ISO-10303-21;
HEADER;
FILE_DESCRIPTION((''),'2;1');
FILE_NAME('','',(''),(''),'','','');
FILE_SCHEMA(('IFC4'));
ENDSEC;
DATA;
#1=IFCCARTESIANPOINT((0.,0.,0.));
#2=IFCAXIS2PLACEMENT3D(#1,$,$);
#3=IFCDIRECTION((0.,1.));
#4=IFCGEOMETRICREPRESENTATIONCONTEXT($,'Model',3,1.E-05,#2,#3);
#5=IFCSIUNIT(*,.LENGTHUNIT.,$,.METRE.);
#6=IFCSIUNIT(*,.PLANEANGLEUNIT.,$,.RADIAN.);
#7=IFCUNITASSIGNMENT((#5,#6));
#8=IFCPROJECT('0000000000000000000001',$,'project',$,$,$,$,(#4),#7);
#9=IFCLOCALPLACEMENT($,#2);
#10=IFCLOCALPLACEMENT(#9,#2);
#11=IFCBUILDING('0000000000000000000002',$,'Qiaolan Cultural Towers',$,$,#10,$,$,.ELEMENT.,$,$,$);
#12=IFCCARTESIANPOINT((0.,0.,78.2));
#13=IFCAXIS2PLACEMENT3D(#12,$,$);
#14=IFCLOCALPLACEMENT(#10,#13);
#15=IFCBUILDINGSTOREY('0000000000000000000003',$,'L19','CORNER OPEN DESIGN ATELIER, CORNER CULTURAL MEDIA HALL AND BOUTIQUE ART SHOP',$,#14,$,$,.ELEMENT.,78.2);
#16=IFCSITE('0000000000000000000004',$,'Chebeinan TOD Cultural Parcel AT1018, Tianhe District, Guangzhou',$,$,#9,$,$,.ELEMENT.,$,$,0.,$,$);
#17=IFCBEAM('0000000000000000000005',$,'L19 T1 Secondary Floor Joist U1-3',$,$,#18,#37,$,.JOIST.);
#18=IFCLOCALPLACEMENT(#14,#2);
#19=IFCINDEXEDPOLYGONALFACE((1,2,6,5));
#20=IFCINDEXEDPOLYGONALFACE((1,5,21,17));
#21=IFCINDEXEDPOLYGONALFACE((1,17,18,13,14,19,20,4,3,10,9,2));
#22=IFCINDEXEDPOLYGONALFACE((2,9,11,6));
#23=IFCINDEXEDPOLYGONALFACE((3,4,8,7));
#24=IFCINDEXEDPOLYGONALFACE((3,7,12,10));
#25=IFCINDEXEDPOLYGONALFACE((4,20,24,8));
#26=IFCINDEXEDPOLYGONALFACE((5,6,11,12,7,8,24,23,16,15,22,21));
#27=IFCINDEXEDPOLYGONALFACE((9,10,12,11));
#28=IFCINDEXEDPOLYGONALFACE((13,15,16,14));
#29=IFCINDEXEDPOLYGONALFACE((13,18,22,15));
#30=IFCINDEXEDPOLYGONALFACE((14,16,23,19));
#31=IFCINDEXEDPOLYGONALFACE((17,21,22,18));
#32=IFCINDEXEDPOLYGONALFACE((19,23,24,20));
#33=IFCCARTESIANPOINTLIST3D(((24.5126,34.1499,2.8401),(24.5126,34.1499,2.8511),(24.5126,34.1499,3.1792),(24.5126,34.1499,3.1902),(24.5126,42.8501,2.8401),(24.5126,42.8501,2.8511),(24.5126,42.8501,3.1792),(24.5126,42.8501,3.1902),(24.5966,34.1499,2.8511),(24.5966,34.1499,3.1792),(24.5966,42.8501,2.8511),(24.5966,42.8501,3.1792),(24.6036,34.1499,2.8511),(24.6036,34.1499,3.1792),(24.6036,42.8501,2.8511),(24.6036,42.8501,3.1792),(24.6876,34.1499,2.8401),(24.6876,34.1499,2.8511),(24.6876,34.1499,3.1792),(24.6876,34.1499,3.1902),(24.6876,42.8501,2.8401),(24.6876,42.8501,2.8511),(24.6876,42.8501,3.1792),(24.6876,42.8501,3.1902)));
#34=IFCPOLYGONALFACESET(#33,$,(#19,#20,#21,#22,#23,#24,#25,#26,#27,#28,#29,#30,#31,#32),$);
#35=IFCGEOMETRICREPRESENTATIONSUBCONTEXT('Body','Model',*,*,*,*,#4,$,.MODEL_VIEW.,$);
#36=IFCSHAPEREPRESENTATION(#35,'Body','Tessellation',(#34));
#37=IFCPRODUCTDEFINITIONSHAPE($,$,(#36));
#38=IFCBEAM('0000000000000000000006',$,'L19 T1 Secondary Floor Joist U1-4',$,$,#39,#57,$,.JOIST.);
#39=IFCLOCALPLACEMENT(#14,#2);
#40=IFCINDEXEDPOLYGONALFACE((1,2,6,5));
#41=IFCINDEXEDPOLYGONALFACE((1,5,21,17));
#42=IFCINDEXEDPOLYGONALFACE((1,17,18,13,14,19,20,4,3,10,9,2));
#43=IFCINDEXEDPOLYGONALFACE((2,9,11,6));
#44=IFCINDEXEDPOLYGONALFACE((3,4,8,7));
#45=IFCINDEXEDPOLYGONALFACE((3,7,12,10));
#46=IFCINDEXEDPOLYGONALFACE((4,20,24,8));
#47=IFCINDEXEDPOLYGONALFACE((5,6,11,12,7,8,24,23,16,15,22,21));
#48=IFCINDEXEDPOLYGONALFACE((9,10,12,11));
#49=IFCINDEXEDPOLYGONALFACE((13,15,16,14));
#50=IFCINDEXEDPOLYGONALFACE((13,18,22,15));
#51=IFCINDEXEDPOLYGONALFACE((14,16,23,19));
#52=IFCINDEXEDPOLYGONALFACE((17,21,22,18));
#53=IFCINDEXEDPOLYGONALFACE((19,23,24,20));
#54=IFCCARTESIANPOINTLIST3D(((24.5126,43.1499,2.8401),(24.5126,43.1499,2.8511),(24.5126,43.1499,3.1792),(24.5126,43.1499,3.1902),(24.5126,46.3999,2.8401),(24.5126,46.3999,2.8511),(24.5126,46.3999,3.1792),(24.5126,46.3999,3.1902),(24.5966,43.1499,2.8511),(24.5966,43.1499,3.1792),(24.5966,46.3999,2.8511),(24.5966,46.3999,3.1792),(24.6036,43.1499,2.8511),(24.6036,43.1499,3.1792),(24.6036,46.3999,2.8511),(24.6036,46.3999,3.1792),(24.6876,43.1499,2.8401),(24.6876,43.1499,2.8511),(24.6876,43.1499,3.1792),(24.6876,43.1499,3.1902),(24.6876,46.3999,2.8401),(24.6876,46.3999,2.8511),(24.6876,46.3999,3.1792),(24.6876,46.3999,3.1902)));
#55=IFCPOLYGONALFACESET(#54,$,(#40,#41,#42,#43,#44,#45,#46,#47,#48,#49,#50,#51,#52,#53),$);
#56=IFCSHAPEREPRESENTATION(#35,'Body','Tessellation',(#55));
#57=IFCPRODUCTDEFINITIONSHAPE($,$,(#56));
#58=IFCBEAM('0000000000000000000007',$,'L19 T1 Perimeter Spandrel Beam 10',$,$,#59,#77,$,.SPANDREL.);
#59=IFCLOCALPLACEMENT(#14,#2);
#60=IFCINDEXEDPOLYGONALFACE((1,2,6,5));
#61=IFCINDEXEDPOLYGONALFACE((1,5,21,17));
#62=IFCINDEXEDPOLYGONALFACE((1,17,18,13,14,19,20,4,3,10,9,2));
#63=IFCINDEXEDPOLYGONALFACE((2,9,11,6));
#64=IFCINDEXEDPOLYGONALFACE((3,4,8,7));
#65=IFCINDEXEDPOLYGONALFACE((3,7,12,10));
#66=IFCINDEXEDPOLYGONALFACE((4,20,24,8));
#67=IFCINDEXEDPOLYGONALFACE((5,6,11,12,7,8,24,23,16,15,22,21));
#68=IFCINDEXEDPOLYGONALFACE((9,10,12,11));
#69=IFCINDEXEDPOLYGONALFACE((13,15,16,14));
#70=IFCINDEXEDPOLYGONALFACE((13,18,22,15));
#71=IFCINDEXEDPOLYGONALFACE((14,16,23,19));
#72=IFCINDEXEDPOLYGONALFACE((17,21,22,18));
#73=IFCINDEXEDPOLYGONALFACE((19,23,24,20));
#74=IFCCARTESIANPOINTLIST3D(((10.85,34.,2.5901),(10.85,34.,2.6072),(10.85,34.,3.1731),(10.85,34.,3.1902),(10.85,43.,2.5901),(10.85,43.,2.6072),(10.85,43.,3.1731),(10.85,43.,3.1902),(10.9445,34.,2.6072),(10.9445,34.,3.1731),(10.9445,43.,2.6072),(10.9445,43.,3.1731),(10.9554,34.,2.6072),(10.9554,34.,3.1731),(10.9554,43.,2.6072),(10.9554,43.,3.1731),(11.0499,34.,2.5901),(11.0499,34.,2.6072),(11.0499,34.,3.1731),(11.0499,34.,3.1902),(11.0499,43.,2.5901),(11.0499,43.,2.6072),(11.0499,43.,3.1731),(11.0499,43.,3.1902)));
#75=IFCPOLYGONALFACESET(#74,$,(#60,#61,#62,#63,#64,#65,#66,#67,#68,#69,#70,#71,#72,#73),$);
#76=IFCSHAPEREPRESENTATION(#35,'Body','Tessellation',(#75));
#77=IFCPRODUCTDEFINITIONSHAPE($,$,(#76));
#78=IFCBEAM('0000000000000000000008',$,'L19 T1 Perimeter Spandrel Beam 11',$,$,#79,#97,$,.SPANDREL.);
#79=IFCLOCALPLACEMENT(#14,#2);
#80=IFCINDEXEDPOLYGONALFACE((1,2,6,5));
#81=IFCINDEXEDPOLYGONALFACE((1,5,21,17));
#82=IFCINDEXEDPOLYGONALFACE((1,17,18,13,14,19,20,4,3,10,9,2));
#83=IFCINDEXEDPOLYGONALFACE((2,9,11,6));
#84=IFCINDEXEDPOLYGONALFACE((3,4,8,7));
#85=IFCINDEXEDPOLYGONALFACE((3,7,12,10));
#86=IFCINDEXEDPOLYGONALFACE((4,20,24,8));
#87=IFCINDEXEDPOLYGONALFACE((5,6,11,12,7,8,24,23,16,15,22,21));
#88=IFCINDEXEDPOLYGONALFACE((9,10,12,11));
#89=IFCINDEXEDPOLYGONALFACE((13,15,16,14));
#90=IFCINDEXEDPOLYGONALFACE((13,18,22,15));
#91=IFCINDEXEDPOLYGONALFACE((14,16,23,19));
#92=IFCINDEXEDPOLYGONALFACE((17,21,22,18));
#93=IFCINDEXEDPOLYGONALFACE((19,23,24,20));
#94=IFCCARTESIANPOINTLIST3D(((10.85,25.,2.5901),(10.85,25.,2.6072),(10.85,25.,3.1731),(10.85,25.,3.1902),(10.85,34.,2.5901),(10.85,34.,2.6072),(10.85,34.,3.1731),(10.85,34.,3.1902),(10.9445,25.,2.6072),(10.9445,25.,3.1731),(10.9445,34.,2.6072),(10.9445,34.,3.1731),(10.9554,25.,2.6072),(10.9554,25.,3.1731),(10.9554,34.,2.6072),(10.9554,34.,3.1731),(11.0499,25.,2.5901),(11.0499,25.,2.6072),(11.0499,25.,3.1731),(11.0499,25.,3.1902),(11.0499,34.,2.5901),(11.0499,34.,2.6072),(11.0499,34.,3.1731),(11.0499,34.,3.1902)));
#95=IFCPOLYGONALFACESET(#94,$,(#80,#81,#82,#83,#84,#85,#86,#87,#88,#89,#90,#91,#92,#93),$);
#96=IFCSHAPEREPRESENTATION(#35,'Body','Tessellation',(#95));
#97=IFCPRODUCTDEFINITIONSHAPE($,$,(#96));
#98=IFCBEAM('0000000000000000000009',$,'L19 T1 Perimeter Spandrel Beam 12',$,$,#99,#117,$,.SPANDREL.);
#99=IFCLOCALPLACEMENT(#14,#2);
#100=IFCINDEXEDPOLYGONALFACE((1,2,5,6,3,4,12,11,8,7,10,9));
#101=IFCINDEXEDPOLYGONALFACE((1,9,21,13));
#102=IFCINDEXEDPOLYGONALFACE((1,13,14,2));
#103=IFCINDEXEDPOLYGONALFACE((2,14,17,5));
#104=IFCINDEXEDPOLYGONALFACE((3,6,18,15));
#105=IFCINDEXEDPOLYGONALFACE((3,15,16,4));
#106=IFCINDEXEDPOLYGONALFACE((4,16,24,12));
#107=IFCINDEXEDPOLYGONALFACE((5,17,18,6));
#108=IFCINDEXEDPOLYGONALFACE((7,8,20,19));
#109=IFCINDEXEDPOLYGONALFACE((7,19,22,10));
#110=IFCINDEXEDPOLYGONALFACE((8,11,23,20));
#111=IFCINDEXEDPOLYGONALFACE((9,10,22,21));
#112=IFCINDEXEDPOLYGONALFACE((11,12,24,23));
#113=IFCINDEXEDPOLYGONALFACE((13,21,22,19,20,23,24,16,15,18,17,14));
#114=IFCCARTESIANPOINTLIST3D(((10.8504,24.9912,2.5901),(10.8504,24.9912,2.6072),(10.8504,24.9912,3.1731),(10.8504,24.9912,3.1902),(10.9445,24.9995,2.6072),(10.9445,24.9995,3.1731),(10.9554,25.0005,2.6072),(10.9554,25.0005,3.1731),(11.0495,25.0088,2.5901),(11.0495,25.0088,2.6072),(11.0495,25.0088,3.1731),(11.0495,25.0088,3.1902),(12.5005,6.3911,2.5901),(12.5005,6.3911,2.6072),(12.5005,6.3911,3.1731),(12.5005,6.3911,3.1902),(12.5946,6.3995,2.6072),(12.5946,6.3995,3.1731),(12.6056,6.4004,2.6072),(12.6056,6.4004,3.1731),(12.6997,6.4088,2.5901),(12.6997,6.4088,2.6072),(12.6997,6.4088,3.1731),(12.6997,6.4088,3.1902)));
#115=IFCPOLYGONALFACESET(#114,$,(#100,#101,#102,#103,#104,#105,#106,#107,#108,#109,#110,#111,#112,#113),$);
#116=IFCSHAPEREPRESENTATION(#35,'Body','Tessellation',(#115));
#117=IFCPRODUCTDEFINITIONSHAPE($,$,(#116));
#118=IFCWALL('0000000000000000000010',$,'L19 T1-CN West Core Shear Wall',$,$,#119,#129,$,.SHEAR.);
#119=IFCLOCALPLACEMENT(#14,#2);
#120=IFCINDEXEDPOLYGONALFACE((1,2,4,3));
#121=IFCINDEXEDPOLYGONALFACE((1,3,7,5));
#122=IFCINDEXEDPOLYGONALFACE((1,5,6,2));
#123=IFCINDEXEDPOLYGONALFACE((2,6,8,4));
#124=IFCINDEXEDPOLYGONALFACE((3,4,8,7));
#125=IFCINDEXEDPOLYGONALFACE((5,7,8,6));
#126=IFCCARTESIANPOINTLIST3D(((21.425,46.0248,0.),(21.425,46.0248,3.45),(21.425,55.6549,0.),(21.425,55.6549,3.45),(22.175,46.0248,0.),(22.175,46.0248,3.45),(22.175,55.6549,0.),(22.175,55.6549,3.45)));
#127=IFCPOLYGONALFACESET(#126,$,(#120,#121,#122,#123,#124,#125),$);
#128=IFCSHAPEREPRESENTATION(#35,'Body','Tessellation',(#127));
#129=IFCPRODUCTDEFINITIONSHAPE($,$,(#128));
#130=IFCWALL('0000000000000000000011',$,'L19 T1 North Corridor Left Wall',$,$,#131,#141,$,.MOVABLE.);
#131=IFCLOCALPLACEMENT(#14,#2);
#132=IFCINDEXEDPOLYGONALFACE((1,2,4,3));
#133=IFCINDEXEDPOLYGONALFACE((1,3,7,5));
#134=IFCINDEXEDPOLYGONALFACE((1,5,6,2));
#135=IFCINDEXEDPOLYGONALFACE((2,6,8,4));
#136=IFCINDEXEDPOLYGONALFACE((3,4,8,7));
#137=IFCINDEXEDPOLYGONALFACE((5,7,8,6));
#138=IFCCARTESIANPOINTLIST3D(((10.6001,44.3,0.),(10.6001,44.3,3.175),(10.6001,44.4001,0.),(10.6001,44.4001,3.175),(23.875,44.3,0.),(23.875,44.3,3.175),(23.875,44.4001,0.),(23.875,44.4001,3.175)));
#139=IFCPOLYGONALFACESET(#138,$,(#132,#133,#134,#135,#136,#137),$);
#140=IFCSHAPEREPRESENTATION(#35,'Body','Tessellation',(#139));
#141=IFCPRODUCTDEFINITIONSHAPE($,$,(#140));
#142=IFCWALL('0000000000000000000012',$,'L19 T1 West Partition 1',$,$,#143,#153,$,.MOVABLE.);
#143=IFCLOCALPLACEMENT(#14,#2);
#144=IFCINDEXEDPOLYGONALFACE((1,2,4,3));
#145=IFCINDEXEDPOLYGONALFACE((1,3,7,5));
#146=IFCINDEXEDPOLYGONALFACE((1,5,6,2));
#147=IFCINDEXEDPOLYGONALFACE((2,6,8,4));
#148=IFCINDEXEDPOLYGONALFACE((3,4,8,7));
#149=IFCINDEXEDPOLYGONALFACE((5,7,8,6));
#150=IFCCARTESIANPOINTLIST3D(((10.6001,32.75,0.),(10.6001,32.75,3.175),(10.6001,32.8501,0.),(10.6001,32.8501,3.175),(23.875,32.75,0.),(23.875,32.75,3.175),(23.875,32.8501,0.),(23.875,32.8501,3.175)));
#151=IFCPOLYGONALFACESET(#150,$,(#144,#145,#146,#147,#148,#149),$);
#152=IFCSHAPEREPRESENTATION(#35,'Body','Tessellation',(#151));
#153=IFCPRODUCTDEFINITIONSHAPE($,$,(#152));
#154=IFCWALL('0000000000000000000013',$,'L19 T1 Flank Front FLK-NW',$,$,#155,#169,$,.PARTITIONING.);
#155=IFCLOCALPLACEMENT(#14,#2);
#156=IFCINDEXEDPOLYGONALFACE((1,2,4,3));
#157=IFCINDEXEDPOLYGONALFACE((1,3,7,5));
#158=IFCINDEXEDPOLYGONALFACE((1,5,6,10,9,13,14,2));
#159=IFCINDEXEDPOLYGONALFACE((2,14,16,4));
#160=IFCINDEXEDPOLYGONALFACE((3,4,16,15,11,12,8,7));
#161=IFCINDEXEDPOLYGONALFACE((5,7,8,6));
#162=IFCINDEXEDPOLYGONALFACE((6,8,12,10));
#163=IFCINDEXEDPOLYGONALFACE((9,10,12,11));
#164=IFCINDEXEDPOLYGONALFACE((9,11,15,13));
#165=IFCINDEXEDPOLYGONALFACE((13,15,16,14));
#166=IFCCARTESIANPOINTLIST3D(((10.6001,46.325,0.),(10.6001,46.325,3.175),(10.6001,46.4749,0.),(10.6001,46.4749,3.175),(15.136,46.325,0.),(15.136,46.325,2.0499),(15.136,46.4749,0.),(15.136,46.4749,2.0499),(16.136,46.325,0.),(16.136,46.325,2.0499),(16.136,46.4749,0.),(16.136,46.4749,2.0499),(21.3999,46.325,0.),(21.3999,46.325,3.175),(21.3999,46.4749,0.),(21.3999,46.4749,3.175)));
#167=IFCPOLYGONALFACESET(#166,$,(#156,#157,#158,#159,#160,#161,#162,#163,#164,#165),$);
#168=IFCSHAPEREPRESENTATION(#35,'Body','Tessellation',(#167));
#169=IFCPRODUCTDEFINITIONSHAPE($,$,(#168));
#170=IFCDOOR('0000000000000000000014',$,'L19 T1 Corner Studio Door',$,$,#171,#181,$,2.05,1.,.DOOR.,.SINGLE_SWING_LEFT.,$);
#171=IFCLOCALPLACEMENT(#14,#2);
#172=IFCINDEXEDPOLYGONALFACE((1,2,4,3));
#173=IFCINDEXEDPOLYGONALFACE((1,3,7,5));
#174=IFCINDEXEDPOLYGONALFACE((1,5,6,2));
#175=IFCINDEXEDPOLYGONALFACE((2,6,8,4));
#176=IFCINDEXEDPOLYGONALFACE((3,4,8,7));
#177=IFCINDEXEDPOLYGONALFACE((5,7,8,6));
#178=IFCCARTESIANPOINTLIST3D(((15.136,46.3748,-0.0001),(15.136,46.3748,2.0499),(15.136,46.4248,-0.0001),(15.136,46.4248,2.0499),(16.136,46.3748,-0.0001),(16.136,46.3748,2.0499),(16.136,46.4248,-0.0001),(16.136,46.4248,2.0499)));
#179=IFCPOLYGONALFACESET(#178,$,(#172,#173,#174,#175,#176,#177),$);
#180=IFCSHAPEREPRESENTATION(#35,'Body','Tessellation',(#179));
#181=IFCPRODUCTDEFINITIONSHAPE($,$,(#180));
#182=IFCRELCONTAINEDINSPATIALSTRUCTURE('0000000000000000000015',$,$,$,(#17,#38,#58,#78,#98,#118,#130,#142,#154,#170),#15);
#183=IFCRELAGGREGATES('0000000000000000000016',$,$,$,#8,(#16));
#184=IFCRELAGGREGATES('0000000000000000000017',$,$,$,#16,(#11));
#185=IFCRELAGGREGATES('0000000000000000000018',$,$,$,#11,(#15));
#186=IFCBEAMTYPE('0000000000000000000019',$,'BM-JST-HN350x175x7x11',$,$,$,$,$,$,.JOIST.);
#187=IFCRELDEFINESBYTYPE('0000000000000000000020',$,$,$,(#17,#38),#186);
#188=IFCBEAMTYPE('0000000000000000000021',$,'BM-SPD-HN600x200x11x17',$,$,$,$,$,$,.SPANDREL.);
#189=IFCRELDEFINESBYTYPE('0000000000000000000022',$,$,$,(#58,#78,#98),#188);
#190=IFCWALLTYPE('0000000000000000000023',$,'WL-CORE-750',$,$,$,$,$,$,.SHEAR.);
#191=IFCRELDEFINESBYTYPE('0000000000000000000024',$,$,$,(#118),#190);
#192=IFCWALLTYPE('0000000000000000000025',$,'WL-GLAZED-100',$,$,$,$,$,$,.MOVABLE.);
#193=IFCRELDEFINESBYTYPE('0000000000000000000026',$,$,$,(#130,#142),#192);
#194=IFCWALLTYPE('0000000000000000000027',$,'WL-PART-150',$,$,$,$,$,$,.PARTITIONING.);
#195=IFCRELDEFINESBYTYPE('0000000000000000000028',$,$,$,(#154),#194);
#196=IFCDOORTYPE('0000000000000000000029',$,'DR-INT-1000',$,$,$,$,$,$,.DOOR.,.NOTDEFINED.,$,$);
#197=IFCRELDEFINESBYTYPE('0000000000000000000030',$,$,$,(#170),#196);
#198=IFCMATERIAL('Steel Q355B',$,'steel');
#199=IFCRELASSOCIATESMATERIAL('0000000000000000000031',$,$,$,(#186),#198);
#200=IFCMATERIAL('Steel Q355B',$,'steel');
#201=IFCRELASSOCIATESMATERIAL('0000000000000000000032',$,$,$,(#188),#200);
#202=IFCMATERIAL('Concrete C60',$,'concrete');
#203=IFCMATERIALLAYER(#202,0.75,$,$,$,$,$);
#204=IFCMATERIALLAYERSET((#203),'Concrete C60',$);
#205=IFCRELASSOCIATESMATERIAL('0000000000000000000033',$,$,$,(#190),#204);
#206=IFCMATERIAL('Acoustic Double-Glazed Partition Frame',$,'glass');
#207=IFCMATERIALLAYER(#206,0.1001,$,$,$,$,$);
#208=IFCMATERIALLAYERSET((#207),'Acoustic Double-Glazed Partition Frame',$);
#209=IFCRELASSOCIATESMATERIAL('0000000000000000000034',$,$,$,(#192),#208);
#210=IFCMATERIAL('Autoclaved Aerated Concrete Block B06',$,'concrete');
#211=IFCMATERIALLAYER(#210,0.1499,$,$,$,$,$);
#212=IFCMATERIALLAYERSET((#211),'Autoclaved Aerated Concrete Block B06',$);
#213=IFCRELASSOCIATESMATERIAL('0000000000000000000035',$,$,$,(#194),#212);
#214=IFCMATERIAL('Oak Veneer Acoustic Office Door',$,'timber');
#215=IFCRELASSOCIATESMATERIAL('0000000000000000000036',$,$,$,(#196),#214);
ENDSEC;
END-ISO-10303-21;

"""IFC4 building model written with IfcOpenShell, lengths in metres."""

from ifc_helpers import new_model, si_unit, direction, frame, frame_2d, origin, origin_2d, place, context, subcontext, project, spatial, rectangle, i_section, extrude, material, layer, layer_set, material_profile, profile_set, type_object, element, fill, save


model = new_model("IFC4")

# Units and contexts
model_context = context("Model", 3, precision=1e-05, world=origin(), true_north=direction((0.0, 1.0)))
body_context = subcontext(model_context, "Body", "Model", "MODEL_VIEW")
ifc_project = project(units=[si_unit("LENGTHUNIT", "METRE"), si_unit("PLANEANGLEUNIT", "RADIAN")], contexts=[model_context])

# Site, building, storey
site_placement = place(None, origin())
site = spatial("IfcSite", under=ifc_project, at=site_placement, Name="Chebeinan TOD Cultural Parcel AT1018, Tianhe District, Guangzhou", CompositionType="ELEMENT", RefElevation=0.0)
building_placement = place(site_placement, origin())
building = spatial("IfcBuilding", under=site, at=building_placement, Name="Qiaolan Cultural Towers", CompositionType="ELEMENT")
storey_placement = place(building_placement, frame((0.0, 0.0, 78.2)))
storey = spatial("IfcBuildingStorey", under=building, at=storey_placement, Name="L19", Description="CORNER OPEN DESIGN ATELIER, CORNER CULTURAL MEDIA HALL AND BOUTIQUE ART SHOP", CompositionType="ELEMENT", Elevation=78.2)

# Beams
ifc_material_1 = material(Name="Steel Q355B", Category="steel")
ifc_material_profile_1 = material_profile(ifc_material_1, i_section(OverallWidth=0.175, OverallDepth=0.3501, WebThickness=0.0071, FlangeThickness=0.011, at=origin_2d()), Name="HN350x175x7x11")
ifc_profile_set_1 = profile_set([ifc_material_profile_1], Name="Steel Q355B")
beam_type_1 = type_object("IfcBeamType", Name="BM-JST-HN350x175x7x11", PredefinedType="JOIST", material=ifc_profile_set_1)
for number, where, z_axis, x_axis, name in (
    (1, (24.6001, 34.1499, 3.0151), (0.0, 1.0, 0.0), (-1.0, 0.0, 0.0), "L19 T1 Secondary Floor Joist U1-3"),
):
    element("IfcBeam", number, at=place(storey_placement, frame(where, z_axis=z_axis, x_axis=x_axis)), inside=storey, type_object=beam_type_1, Name=name, PredefinedType="JOIST", context=body_context, shape_type="SweptSolid", body=[
        extrude(i_section(OverallWidth=0.175, OverallDepth=0.3501, WebThickness=0.0071, FlangeThickness=0.011, at=origin_2d()), origin(), (0.0, 0.0, 1.0), 8.7002),
    ])
beam_1_placement = place(storey_placement, frame((24.6001, 43.1499, 3.0151), z_axis=(0.0, 1.0, 0.0), x_axis=(-1.0, 0.0, 0.0)))
element("IfcBeam", 2, at=beam_1_placement, inside=storey, type_object=beam_type_1, Name="L19 T1 Secondary Floor Joist U1-4", PredefinedType="JOIST", context=body_context, shape_type="SweptSolid", body=[
    extrude(i_section(OverallWidth=0.175, OverallDepth=0.3501, WebThickness=0.0071, FlangeThickness=0.011, at=origin_2d()), origin(), (0.0, 0.0, 1.0), 3.25),
])
ifc_material_2 = material(Name="Steel Q355B", Category="steel")
ifc_material_profile_2 = material_profile(ifc_material_2, i_section(OverallWidth=0.2, OverallDepth=0.6001, WebThickness=0.011, FlangeThickness=0.0171, at=origin_2d()), Name="HN600x200x11x17")
ifc_profile_set_2 = profile_set([ifc_material_profile_2], Name="Steel Q355B")
beam_type_2 = type_object("IfcBeamType", Name="BM-SPD-HN600x200x11x17", PredefinedType="SPANDREL", material=ifc_profile_set_2)
for number, where, z_axis, x_axis, name in (
    (3, (10.95, 43.0, 2.8901), (0.0, -1.0, 0.0), (1.0, 0.0, 0.0), "L19 T1 Perimeter Spandrel Beam 10"),
    (4, (10.95, 34.0, 2.8901), (0.0, -1.0, 0.0), (1.0, 0.0, 0.0), "L19 T1 Perimeter Spandrel Beam 11"),
):
    element("IfcBeam", number, at=place(storey_placement, frame(where, z_axis=z_axis, x_axis=x_axis)), inside=storey, type_object=beam_type_2, Name=name, PredefinedType="SPANDREL", context=body_context, shape_type="SweptSolid", body=[
        extrude(i_section(OverallWidth=0.2, OverallDepth=0.6001, WebThickness=0.011, FlangeThickness=0.0171, at=origin_2d()), origin(), (0.0, 0.0, 1.0), 9.0),
    ])
beam_2_placement = place(storey_placement, frame((10.95, 25.0, 2.8901), z_axis=(0.08837, -0.996088, 0.0), x_axis=(0.996088, 0.08837, 0.0)))
element("IfcBeam", 5, at=beam_2_placement, inside=storey, type_object=beam_type_2, Name="L19 T1 Perimeter Spandrel Beam 12", PredefinedType="SPANDREL", context=body_context, shape_type="SweptSolid", body=[
    extrude(i_section(OverallWidth=0.2, OverallDepth=0.6001, WebThickness=0.011, FlangeThickness=0.0171, at=origin_2d()), origin(), (0.0, 0.0, 1.0), 18.6731),
])

# Walls
ifc_material_3 = material(Name="Concrete C60", Category="concrete")
ifc_layer_1 = layer(ifc_material_3, 0.75)
ifc_layer_set_1 = layer_set([ifc_layer_1], Name="Concrete C60")
wall_type_1 = type_object("IfcWallType", Name="WL-CORE-750", PredefinedType="SHEAR", material=ifc_layer_set_1)
wall_1_placement = place(storey_placement, frame((21.8, 46.0249, 0.0), z_axis=(0.0, 0.0, 1.0), x_axis=(0.0, 1.0, 0.0)))
element("IfcWall", 6, at=wall_1_placement, inside=storey, type_object=wall_type_1, Name="L19 T1-CN West Core Shear Wall", PredefinedType="SHEAR", context=body_context, shape_type="SweptSolid", body=[
    extrude(rectangle(XDim=9.6301, YDim=0.75, at=frame_2d((4.8149, 0.0))), origin(), (0.0, 0.0, 1.0), 3.45),
])
ifc_material_4 = material(Name="Acoustic Double-Glazed Partition Frame", Category="glass")
ifc_layer_2 = layer(ifc_material_4, 0.1001)
ifc_layer_set_2 = layer_set([ifc_layer_2], Name="Acoustic Double-Glazed Partition Frame")
wall_type_2 = type_object("IfcWallType", Name="WL-GLAZED-100", PredefinedType="MOVABLE", material=ifc_layer_set_2)
for number, where, z_axis, x_axis, name in (
    (7, (10.6001, 44.3501, 0.0), (0.0, 0.0, 1.0), (1.0, 0.0, 0.0), "L19 T1 North Corridor Left Wall"),
    (8, (10.6001, 32.8, 0.0), (0.0, 0.0, 1.0), (1.0, 0.0, 0.0), "L19 T1 West Partition 1"),
):
    element("IfcWall", number, at=place(storey_placement, frame(where, z_axis=z_axis, x_axis=x_axis)), inside=storey, type_object=wall_type_2, Name=name, PredefinedType="MOVABLE", context=body_context, shape_type="SweptSolid", body=[
        extrude(rectangle(XDim=13.2749, YDim=0.1001, at=frame_2d((6.6375, 0.0))), origin(), (0.0, 0.0, 1.0), 3.175),
    ])

# Wall, opening, door
ifc_material_5 = material(Name="Autoclaved Aerated Concrete Block B06", Category="concrete")
ifc_layer_3 = layer(ifc_material_5, 0.1499)
ifc_layer_set_3 = layer_set([ifc_layer_3], Name="Autoclaved Aerated Concrete Block B06")
wall_type_3 = type_object("IfcWallType", Name="WL-PART-150", PredefinedType="PARTITIONING", material=ifc_layer_set_3)
wall_2_placement = place(storey_placement, frame((10.6001, 46.3999, 0.0), z_axis=(0.0, 0.0, 1.0), x_axis=(1.0, 0.0, 0.0)))
wall_2 = element("IfcWall", 9, at=wall_2_placement, inside=storey, type_object=wall_type_3, Name="L19 T1 Flank Front FLK-NW", PredefinedType="PARTITIONING", context=body_context, shape_type="SweptSolid", body=[
    extrude(rectangle(XDim=10.7998, YDim=0.1499, at=frame_2d((5.3999, 0.0))), origin(), (0.0, 0.0, 1.0), 3.175),
])
opening_placement = place(wall_2_placement, frame((4.5359, 0.0, 0.0)))
opening = element("IfcOpeningElement", 10, at=opening_placement, cuts=wall_2, PredefinedType="OPENING", context=body_context, shape_type="SweptSolid", body=[
    extrude(rectangle(XDim=1.0, YDim=2.05, at=frame_2d((0.5, 1.0249))), frame((0.0, 0.085, 0.0), z_axis=(0.0, -1.0, 0.0), x_axis=(1.0, 0.0, 0.0)), (0.0, 0.0, 1.0), 0.1699),
])
ifc_material_6 = material(Name="Oak Veneer Acoustic Office Door", Category="timber")
door_type = type_object("IfcDoorType", Name="DR-INT-1000", OperationType="NOTDEFINED", PredefinedType="DOOR", material=ifc_material_6)
door_placement = place(opening_placement, origin())
door = element("IfcDoor", 11, at=door_placement, inside=storey, type_object=door_type, Name="L19 T1 Corner Studio Door", OperationType="SINGLE_SWING_LEFT", OverallHeight=2.05, OverallWidth=1.0, PredefinedType="DOOR", context=body_context, shape_type="SweptSolid", body=[
    extrude(rectangle(XDim=1.0, YDim=2.05, at=frame_2d((0.5, 1.0249))), frame((0.0, 0.0249, 0.0), z_axis=(0.0, -1.0, 0.0), x_axis=(1.0, 0.0, 0.0)), (0.0, 0.0, 1.0), 0.05),
])
fill(opening, door)

save(model, "model.ifc")
